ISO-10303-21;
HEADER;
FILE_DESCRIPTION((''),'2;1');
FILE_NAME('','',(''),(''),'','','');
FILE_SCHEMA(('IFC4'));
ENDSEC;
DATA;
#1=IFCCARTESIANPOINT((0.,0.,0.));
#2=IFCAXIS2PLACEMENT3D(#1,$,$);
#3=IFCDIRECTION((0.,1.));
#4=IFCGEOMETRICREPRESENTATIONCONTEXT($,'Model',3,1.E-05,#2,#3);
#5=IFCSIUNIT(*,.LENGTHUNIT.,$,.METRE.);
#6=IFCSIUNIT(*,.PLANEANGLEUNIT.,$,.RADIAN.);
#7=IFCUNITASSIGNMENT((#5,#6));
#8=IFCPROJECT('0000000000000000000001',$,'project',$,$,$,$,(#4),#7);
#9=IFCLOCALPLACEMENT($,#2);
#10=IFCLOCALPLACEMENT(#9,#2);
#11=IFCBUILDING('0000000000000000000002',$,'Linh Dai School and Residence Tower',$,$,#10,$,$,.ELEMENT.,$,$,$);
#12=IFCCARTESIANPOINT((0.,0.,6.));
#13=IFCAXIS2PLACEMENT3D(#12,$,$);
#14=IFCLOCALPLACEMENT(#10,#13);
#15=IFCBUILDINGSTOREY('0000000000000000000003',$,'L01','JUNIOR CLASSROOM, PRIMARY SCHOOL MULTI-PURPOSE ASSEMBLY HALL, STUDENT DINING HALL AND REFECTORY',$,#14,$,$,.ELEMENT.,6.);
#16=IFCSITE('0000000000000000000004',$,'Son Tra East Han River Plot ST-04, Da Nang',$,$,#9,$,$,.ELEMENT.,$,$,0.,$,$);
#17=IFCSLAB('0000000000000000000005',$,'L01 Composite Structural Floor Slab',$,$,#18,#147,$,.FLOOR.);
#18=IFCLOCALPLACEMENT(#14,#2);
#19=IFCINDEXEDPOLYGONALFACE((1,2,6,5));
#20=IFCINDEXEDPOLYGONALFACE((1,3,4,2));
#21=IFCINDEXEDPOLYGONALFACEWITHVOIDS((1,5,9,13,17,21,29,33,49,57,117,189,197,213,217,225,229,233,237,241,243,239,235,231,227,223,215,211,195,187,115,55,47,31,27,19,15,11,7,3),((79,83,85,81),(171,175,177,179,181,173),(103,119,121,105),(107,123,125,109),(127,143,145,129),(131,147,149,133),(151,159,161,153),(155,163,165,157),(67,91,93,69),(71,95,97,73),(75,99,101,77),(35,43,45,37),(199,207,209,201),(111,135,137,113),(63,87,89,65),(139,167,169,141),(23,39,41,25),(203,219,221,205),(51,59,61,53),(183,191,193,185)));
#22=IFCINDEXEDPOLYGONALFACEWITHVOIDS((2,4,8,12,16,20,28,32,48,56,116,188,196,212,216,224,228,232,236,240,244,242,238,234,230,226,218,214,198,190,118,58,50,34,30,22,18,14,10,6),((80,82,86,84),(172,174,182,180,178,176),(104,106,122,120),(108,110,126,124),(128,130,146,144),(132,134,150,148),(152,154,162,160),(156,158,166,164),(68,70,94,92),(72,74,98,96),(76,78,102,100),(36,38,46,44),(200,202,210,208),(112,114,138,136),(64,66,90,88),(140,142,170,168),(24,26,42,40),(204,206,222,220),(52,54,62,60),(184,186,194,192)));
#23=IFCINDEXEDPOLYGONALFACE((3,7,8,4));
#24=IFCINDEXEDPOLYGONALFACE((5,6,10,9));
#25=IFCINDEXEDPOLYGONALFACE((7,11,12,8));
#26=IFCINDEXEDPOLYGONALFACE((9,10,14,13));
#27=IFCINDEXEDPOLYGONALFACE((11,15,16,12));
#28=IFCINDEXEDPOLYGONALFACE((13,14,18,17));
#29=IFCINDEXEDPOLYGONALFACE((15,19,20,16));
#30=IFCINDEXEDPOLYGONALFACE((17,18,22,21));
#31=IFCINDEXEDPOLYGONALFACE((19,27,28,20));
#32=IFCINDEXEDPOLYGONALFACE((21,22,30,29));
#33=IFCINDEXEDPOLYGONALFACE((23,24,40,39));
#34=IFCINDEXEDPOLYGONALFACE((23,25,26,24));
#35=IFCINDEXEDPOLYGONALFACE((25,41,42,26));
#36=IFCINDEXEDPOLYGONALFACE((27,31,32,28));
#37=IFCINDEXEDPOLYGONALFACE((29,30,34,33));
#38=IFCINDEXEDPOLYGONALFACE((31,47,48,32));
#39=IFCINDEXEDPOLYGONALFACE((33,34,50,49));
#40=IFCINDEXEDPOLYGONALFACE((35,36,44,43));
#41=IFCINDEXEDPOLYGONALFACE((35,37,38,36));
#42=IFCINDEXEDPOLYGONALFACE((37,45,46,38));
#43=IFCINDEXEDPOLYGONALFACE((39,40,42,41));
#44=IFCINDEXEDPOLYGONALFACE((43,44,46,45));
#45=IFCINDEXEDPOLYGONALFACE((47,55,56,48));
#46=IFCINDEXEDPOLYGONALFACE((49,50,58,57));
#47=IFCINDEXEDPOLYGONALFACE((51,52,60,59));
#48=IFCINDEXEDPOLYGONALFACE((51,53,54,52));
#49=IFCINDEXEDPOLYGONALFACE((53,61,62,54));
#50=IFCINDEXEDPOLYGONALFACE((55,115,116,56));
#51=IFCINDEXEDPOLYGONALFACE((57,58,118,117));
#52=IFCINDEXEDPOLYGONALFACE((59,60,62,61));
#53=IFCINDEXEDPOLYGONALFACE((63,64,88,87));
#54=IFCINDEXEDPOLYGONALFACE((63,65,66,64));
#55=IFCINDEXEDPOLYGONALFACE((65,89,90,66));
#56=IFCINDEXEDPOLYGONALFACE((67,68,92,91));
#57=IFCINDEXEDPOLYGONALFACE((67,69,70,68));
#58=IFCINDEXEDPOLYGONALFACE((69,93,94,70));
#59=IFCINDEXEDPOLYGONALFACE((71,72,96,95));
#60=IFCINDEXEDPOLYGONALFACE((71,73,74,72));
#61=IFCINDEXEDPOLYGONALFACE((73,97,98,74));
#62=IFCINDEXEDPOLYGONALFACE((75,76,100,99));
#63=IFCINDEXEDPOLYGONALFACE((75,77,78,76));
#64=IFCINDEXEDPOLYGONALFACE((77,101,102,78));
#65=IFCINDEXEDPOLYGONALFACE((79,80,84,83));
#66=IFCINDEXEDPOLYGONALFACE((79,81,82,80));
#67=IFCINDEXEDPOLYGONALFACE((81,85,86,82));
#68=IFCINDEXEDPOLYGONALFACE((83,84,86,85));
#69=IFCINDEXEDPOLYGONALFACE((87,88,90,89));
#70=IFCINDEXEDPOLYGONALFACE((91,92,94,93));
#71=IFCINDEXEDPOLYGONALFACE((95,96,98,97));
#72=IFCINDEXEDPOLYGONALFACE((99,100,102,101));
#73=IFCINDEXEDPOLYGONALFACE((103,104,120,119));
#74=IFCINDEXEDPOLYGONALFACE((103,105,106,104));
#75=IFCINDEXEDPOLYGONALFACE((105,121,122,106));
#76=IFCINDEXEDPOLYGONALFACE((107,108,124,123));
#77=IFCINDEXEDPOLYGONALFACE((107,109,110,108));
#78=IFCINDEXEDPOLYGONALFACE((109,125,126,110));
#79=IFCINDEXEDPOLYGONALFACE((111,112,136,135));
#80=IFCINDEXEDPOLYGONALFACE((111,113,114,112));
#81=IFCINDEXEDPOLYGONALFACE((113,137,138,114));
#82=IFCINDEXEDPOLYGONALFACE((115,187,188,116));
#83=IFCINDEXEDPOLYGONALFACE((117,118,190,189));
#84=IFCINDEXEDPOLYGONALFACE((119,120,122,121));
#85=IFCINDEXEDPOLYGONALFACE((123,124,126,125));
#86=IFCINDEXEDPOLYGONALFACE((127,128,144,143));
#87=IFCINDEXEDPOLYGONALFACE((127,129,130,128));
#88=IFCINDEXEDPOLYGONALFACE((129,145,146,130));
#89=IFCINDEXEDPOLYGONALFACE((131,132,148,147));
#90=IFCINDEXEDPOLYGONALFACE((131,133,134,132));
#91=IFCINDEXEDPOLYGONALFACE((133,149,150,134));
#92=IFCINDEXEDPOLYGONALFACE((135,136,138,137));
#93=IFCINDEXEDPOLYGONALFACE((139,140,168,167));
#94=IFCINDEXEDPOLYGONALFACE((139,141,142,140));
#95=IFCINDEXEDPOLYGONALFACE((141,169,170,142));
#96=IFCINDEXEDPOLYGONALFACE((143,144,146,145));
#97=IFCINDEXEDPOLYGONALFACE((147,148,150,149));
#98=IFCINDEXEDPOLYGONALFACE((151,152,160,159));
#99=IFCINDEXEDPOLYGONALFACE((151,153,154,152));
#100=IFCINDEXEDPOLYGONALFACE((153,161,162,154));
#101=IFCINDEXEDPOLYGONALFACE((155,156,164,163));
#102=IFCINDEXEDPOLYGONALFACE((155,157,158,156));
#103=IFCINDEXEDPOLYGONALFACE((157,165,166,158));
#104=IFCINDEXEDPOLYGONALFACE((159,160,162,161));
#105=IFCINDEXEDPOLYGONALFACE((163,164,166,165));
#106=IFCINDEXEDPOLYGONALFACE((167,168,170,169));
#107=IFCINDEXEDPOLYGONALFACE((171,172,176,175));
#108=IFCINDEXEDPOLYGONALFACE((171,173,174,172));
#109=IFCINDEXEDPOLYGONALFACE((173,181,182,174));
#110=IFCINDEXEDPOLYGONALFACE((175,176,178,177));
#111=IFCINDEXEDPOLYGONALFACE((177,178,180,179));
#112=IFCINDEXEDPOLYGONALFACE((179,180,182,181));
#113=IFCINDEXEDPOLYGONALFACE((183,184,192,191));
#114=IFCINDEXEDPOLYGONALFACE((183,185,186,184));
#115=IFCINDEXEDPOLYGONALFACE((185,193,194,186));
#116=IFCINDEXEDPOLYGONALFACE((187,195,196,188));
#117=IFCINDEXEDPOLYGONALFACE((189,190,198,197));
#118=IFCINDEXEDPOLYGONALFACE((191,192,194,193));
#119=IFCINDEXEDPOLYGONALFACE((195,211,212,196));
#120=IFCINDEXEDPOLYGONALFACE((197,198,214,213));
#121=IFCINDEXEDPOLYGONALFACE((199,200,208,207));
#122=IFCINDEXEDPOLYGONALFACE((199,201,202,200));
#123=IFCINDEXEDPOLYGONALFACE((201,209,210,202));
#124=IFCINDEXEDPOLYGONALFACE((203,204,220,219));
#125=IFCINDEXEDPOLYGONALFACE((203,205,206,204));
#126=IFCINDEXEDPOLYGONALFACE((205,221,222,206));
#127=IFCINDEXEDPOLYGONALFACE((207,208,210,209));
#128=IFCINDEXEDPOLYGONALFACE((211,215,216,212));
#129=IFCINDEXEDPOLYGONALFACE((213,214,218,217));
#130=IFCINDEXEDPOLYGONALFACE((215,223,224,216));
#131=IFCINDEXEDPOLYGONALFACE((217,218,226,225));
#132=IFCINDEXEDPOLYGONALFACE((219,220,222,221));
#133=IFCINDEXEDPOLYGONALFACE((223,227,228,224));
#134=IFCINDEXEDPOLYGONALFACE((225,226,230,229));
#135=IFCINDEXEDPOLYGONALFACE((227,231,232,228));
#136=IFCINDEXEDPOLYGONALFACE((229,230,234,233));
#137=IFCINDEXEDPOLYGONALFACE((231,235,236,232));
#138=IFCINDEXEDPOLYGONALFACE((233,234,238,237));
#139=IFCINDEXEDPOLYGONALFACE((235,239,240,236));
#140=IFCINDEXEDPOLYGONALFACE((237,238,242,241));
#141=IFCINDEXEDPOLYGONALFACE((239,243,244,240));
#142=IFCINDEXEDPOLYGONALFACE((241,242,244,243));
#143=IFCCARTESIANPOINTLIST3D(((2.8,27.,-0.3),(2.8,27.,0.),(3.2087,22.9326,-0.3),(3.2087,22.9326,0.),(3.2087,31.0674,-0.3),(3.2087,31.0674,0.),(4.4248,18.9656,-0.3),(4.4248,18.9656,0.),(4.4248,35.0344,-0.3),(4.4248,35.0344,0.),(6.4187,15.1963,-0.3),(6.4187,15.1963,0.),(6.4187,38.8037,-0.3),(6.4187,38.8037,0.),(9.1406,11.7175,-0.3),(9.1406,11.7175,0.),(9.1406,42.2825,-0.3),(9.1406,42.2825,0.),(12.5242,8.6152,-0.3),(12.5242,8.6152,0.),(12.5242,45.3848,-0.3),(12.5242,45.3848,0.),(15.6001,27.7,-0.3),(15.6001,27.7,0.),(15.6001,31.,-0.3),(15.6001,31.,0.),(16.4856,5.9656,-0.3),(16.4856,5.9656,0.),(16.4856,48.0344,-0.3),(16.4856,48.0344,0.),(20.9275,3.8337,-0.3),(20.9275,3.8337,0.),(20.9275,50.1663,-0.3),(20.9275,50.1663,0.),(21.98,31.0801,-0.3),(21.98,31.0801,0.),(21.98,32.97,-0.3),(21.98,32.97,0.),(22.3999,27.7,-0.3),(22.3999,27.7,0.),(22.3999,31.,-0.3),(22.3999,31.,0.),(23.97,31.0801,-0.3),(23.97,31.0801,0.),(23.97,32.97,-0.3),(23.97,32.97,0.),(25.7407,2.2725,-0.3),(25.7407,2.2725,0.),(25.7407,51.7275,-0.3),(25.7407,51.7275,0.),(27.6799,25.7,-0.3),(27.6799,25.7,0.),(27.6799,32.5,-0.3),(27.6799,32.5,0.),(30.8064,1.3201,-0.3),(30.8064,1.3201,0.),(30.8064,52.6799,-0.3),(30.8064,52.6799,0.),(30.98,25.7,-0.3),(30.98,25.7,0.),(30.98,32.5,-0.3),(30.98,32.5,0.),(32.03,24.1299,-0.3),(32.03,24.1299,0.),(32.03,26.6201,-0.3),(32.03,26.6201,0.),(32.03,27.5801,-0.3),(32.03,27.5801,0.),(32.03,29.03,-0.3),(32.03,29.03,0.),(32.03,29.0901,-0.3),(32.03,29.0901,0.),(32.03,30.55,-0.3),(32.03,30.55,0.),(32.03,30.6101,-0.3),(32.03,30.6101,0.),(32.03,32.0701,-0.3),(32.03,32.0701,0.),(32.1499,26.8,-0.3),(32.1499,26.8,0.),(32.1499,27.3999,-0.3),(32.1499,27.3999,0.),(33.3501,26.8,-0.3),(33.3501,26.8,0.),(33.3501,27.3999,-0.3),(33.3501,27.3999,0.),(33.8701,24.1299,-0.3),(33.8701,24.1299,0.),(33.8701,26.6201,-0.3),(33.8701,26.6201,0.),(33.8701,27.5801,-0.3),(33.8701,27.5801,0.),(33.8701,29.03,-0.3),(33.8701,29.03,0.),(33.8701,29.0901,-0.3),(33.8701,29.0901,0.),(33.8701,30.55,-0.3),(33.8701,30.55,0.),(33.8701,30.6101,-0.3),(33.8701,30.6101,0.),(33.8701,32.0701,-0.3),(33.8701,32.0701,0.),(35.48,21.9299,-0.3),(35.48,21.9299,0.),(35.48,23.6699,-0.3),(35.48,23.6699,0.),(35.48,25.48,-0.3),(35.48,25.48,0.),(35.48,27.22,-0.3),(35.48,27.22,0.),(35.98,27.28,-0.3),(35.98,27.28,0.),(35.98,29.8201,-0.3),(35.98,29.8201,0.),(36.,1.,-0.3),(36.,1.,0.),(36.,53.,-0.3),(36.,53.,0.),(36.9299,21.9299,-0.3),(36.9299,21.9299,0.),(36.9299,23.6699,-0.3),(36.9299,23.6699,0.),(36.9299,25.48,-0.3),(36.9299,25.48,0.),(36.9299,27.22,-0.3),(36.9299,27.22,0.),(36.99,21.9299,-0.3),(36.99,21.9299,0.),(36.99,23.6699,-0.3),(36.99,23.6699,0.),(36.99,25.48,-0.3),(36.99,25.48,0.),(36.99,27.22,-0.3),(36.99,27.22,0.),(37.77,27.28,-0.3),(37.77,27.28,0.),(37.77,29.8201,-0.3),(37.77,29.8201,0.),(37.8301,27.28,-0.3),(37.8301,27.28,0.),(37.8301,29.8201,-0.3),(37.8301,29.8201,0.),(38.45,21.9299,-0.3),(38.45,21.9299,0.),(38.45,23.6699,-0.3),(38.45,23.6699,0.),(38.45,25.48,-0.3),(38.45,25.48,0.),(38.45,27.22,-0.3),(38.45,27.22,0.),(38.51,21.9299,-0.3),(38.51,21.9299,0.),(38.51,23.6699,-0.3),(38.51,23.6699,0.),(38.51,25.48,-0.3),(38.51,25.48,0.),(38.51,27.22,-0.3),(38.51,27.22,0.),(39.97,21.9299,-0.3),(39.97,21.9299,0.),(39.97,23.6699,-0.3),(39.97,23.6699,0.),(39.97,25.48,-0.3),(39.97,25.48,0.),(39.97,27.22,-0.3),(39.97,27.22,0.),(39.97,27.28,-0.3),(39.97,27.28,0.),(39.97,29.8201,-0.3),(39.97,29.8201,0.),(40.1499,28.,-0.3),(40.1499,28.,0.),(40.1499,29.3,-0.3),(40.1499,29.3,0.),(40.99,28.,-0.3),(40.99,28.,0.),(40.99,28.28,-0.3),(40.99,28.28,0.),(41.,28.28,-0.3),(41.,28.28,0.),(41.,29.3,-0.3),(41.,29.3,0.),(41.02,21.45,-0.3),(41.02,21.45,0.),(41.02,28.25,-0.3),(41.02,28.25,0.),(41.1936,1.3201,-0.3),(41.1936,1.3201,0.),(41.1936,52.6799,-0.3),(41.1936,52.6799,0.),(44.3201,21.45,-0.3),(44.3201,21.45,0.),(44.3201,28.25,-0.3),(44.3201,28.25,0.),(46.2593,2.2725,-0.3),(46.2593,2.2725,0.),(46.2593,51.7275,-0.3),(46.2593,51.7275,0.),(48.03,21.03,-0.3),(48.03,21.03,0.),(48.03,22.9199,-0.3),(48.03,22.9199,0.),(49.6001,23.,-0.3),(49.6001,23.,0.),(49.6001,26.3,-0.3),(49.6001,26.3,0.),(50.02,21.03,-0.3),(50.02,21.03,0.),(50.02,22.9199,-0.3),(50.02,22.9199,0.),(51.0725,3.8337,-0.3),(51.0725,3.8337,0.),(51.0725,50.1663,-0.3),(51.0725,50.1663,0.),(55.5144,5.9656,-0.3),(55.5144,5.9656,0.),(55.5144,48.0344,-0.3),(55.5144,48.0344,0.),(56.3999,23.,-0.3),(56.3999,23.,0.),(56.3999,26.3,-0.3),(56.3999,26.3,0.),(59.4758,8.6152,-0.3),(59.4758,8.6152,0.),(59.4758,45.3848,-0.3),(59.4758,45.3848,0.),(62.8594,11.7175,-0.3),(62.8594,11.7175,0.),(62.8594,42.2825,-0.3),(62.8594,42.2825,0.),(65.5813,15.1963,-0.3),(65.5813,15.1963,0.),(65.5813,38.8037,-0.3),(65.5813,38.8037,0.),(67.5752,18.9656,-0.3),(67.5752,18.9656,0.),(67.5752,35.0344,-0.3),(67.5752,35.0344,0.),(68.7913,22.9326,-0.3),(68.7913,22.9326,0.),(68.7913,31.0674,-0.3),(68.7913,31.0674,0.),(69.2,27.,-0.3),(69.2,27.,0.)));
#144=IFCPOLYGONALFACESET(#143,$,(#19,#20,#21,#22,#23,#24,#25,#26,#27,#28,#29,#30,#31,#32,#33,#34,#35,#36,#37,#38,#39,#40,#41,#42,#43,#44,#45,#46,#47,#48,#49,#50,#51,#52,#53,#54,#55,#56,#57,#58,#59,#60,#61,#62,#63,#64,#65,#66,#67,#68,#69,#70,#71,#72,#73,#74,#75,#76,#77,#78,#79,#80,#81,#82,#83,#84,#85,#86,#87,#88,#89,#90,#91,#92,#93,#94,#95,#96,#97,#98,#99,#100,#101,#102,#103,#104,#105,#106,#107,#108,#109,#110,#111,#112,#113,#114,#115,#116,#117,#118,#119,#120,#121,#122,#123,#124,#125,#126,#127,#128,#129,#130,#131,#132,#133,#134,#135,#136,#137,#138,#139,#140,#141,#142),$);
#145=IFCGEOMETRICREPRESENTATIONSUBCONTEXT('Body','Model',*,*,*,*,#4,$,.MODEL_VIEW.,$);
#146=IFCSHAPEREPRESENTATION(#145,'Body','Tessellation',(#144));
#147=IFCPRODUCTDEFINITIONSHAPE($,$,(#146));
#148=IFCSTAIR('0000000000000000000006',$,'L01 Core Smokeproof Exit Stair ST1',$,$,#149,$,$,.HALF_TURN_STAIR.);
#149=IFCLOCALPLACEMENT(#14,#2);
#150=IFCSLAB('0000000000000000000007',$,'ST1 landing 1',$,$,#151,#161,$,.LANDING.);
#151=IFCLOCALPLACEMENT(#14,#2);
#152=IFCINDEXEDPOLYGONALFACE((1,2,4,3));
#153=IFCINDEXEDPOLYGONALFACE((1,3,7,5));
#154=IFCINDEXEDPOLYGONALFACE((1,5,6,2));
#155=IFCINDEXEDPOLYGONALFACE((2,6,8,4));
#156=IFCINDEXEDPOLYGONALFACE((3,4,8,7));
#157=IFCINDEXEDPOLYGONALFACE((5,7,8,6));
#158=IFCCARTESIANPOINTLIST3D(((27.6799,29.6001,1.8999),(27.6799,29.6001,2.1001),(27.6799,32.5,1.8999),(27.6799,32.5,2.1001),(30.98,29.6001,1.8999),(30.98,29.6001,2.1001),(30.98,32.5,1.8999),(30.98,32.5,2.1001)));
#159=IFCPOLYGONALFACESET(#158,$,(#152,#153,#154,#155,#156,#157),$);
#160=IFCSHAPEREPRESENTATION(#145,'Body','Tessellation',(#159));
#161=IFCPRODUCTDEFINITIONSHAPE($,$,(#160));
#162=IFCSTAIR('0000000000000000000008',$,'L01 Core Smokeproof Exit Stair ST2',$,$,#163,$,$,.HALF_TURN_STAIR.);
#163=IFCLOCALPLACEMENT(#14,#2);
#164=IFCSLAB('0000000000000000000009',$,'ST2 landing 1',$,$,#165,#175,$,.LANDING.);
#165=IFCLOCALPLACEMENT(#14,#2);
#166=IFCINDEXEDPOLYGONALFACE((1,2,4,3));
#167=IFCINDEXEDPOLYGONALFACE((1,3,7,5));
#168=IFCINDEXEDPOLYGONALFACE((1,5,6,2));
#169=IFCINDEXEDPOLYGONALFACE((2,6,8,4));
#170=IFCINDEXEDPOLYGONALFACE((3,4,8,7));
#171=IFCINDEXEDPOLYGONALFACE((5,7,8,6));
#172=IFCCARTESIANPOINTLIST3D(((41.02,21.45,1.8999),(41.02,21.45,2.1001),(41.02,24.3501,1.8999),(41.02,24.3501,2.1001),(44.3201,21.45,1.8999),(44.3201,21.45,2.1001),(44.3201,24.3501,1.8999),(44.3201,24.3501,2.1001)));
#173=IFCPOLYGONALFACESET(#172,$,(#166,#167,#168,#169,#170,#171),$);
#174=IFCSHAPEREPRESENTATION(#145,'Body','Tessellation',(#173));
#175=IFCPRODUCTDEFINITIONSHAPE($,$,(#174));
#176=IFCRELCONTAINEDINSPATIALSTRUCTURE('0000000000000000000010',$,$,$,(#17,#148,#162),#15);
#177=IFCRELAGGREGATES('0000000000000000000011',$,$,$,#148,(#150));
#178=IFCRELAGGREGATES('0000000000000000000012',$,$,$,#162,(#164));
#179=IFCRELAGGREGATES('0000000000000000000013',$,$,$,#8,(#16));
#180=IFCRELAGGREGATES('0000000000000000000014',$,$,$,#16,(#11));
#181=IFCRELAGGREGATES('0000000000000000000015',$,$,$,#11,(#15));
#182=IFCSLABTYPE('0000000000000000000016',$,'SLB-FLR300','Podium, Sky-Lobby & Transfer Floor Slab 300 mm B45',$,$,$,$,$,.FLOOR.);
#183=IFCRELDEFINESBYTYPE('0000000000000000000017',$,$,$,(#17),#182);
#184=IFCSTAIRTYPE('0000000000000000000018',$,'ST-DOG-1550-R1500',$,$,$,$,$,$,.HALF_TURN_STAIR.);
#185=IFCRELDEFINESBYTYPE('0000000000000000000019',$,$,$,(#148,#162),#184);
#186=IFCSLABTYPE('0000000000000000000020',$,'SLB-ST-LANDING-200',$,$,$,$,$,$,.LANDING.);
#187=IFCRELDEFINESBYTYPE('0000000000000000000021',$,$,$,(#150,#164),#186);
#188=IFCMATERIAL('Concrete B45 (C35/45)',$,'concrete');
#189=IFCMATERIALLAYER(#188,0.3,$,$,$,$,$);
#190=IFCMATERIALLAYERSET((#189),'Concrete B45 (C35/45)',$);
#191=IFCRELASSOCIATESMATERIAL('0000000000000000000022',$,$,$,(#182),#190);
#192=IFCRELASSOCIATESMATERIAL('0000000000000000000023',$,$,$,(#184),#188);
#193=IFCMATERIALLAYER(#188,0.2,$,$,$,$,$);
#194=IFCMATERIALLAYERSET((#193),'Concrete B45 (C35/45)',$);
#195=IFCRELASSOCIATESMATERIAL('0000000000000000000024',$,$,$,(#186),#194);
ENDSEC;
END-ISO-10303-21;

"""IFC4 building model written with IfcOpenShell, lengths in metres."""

from ifc_helpers import new_model, si_unit, direction, frame, origin, place, context, subcontext, project, spatial, polyline, outline, extrude, material, layer, layer_set, type_object, element, aggregate, save


model = new_model("IFC4")

# Units and contexts
model_context = context("Model", 3, precision=1e-05, world=origin(), true_north=direction((0.0, 1.0)))
body_context = subcontext(model_context, "Body", "Model", "MODEL_VIEW")
ifc_project = project(units=[si_unit("LENGTHUNIT", "METRE"), si_unit("PLANEANGLEUNIT", "RADIAN")], contexts=[model_context])

# Site, building, storey
site_placement = place(None, origin())
site = spatial("IfcSite", under=ifc_project, at=site_placement, Name="Son Tra East Han River Plot ST-04, Da Nang", CompositionType="ELEMENT", RefElevation=0.0)
building_placement = place(site_placement, origin())
building = spatial("IfcBuilding", under=site, at=building_placement, Name="Linh Dai School and Residence Tower", CompositionType="ELEMENT")
storey_placement = place(building_placement, frame((0.0, 0.0, 6.0)))
storey = spatial("IfcBuildingStorey", under=building, at=storey_placement, Name="L01", Description="JUNIOR CLASSROOM, PRIMARY SCHOOL MULTI-PURPOSE ASSEMBLY HALL, STUDENT DINING HALL AND REFECTORY", CompositionType="ELEMENT", Elevation=6.0)

# Slab
ifc_material_1 = material(Name="Concrete B45 (C35/45)", Category="concrete")
ifc_layer_1 = layer(ifc_material_1, 0.3)
ifc_layer_set_1 = layer_set([ifc_layer_1], Name="Concrete B45 (C35/45)")
slab_type_1 = type_object("IfcSlabType", Name="SLB-FLR300", Description="Podium, Sky-Lobby & Transfer Floor Slab 300 mm B45", PredefinedType="FLOOR", material=ifc_layer_set_1)
slab_1_placement = place(storey_placement, frame((0.0, 0.0, -0.3)))
element("IfcSlab", 1, at=slab_1_placement, inside=storey, type_object=slab_type_1, Name="L01 Composite Structural Floor Slab", PredefinedType="FLOOR", context=body_context, shape_type="SweptSolid", body=[
    extrude(outline(polyline([(69.2, 27.0), (68.7913, 31.0674), (67.5752, 35.0344), (65.5813, 38.8037), (62.8594, 42.2825), (59.4758, 45.3848), (55.5144, 48.0344), (51.0725, 50.1663), (46.2593, 51.7275), (41.1936, 52.6799), (36.0, 53.0), (30.8064, 52.6799), (25.7407, 51.7275), (20.9275, 50.1663), (16.4856, 48.0344), (12.5242, 45.3848), (9.1406, 42.2825), (6.4187, 38.8037), (4.4248, 35.0344), (3.2087, 31.0674), (2.8, 27.0), (3.2087, 22.9326), (4.4248, 18.9656), (6.4187, 15.1963), (9.1406, 11.7175), (12.5242, 8.6152), (16.4856, 5.9656), (20.9275, 3.8337), (25.7407, 2.2725), (30.8064, 1.3201), (36.0, 1.0), (41.1936, 1.3201), (46.2593, 2.2725), (51.0725, 3.8337), (55.5144, 5.9656), (59.4758, 8.6152), (62.8594, 11.7175), (65.5813, 15.1963), (67.5752, 18.9656), (68.7913, 22.9326), (69.2, 27.0)]), holes=[polyline([(30.98, 25.7), (30.98, 32.5), (27.6799, 32.5), (27.6799, 25.7), (30.98, 25.7)]), polyline([(41.02, 28.25), (41.02, 21.45), (44.3201, 21.45), (44.3201, 28.25), (41.02, 28.25)]), polyline([(22.3999, 31.0), (15.6001, 31.0), (15.6001, 27.7), (22.3999, 27.7), (22.3999, 31.0)]), polyline([(49.6001, 23.0), (56.3999, 23.0), (56.3999, 26.3), (49.6001, 26.3), (49.6001, 23.0)]), polyline([(35.98, 27.28), (37.77, 27.28), (37.77, 29.8201), (35.98, 29.8201), (35.98, 27.28)]), polyline([(32.03, 24.1299), (33.8701, 24.1299), (33.8701, 26.6201), (32.03, 26.6201), (32.03, 24.1299)]), polyline([(37.8301, 27.28), (39.97, 27.28), (39.97, 29.8201), (37.8301, 29.8201), (37.8301, 27.28)]), polyline([(35.48, 21.9299), (36.9299, 21.9299), (36.9299, 23.6699), (35.48, 23.6699), (35.48, 21.9299)]), polyline([(36.99, 21.9299), (38.45, 21.9299), (38.45, 23.6699), (36.99, 23.6699), (36.99, 21.9299)]), polyline([(38.51, 21.9299), (39.97, 21.9299), (39.97, 23.6699), (38.51, 23.6699), (38.51, 21.9299)]), polyline([(32.03, 27.5801), (33.8701, 27.5801), (33.8701, 29.03), (32.03, 29.03), (32.03, 27.5801)]), polyline([(32.03, 29.0901), (33.8701, 29.0901), (33.8701, 30.55), (32.03, 30.55), (32.03, 29.0901)]), polyline([(32.03, 30.6101), (33.8701, 30.6101), (33.8701, 32.0701), (32.03, 32.0701), (32.03, 30.6101)]), polyline([(35.48, 25.48), (36.9299, 25.48), (36.9299, 27.22), (35.48, 27.22), (35.48, 25.48)]), polyline([(36.99, 25.48), (38.45, 25.48), (38.45, 27.22), (36.99, 27.22), (36.99, 25.48)]), polyline([(38.51, 25.48), (39.97, 25.48), (39.97, 27.22), (38.51, 27.22), (38.51, 25.48)]), polyline([(21.98, 31.0801), (23.97, 31.0801), (23.97, 32.97), (21.98, 32.97), (21.98, 31.0801)]), polyline([(48.03, 21.03), (50.02, 21.03), (50.02, 22.9199), (48.03, 22.9199), (48.03, 21.03)]), polyline([(40.1499, 28.0), (40.1499, 29.3), (41.0, 29.3), (41.0, 28.28), (40.99, 28.28), (40.99, 28.0), (40.1499, 28.0)]), polyline([(32.1499, 26.8), (33.3501, 26.8), (33.3501, 27.3999), (32.1499, 27.3999), (32.1499, 26.8)])]), origin(), (0.0, 0.0, 1.0), 0.3),
])

# Stairs, slabs
stair_type = type_object("IfcStairType", Name="ST-DOG-1550-R1500", PredefinedType="HALF_TURN_STAIR", material=ifc_material_1)
stair_1_placement = place(storey_placement, origin())
stair_1 = element("IfcStair", 2, at=stair_1_placement, inside=storey, type_object=stair_type, Name="L01 Core Smokeproof Exit Stair ST1", PredefinedType="HALF_TURN_STAIR")
ifc_layer_2 = layer(ifc_material_1, 0.2)
ifc_layer_set_2 = layer_set([ifc_layer_2], Name="Concrete B45 (C35/45)")
slab_type_2 = type_object("IfcSlabType", Name="SLB-ST-LANDING-200", PredefinedType="LANDING", material=ifc_layer_set_2)
slab_2_placement = place(storey_placement, frame((0.0, 0.0, 1.8999)))
slab_2 = element("IfcSlab", 3, at=slab_2_placement, type_object=slab_type_2, Name="ST1 landing 1", PredefinedType="LANDING", context=body_context, shape_type="SweptSolid", body=[
    extrude(outline(polyline([(30.98, 29.6001), (30.98, 32.5), (27.6799, 32.5), (27.6799, 29.6001), (30.98, 29.6001)])), origin(), (0.0, 0.0, 1.0), 0.2002),
])
aggregate(stair_1, [slab_2])
stair_2_placement = place(storey_placement, origin())
stair_2 = element("IfcStair", 4, at=stair_2_placement, inside=storey, type_object=stair_type, Name="L01 Core Smokeproof Exit Stair ST2", PredefinedType="HALF_TURN_STAIR")
slab_3_placement = place(storey_placement, frame((0.0, 0.0, 1.8999)))
slab_3 = element("IfcSlab", 5, at=slab_3_placement, type_object=slab_type_2, Name="ST2 landing 1", PredefinedType="LANDING", context=body_context, shape_type="SweptSolid", body=[
    extrude(outline(polyline([(41.02, 24.3501), (41.02, 21.45), (44.3201, 21.45), (44.3201, 24.3501), (41.02, 24.3501)])), origin(), (0.0, 0.0, 1.0), 0.2002),
])
aggregate(stair_2, [slab_3])

save(model, "model.ifc")
